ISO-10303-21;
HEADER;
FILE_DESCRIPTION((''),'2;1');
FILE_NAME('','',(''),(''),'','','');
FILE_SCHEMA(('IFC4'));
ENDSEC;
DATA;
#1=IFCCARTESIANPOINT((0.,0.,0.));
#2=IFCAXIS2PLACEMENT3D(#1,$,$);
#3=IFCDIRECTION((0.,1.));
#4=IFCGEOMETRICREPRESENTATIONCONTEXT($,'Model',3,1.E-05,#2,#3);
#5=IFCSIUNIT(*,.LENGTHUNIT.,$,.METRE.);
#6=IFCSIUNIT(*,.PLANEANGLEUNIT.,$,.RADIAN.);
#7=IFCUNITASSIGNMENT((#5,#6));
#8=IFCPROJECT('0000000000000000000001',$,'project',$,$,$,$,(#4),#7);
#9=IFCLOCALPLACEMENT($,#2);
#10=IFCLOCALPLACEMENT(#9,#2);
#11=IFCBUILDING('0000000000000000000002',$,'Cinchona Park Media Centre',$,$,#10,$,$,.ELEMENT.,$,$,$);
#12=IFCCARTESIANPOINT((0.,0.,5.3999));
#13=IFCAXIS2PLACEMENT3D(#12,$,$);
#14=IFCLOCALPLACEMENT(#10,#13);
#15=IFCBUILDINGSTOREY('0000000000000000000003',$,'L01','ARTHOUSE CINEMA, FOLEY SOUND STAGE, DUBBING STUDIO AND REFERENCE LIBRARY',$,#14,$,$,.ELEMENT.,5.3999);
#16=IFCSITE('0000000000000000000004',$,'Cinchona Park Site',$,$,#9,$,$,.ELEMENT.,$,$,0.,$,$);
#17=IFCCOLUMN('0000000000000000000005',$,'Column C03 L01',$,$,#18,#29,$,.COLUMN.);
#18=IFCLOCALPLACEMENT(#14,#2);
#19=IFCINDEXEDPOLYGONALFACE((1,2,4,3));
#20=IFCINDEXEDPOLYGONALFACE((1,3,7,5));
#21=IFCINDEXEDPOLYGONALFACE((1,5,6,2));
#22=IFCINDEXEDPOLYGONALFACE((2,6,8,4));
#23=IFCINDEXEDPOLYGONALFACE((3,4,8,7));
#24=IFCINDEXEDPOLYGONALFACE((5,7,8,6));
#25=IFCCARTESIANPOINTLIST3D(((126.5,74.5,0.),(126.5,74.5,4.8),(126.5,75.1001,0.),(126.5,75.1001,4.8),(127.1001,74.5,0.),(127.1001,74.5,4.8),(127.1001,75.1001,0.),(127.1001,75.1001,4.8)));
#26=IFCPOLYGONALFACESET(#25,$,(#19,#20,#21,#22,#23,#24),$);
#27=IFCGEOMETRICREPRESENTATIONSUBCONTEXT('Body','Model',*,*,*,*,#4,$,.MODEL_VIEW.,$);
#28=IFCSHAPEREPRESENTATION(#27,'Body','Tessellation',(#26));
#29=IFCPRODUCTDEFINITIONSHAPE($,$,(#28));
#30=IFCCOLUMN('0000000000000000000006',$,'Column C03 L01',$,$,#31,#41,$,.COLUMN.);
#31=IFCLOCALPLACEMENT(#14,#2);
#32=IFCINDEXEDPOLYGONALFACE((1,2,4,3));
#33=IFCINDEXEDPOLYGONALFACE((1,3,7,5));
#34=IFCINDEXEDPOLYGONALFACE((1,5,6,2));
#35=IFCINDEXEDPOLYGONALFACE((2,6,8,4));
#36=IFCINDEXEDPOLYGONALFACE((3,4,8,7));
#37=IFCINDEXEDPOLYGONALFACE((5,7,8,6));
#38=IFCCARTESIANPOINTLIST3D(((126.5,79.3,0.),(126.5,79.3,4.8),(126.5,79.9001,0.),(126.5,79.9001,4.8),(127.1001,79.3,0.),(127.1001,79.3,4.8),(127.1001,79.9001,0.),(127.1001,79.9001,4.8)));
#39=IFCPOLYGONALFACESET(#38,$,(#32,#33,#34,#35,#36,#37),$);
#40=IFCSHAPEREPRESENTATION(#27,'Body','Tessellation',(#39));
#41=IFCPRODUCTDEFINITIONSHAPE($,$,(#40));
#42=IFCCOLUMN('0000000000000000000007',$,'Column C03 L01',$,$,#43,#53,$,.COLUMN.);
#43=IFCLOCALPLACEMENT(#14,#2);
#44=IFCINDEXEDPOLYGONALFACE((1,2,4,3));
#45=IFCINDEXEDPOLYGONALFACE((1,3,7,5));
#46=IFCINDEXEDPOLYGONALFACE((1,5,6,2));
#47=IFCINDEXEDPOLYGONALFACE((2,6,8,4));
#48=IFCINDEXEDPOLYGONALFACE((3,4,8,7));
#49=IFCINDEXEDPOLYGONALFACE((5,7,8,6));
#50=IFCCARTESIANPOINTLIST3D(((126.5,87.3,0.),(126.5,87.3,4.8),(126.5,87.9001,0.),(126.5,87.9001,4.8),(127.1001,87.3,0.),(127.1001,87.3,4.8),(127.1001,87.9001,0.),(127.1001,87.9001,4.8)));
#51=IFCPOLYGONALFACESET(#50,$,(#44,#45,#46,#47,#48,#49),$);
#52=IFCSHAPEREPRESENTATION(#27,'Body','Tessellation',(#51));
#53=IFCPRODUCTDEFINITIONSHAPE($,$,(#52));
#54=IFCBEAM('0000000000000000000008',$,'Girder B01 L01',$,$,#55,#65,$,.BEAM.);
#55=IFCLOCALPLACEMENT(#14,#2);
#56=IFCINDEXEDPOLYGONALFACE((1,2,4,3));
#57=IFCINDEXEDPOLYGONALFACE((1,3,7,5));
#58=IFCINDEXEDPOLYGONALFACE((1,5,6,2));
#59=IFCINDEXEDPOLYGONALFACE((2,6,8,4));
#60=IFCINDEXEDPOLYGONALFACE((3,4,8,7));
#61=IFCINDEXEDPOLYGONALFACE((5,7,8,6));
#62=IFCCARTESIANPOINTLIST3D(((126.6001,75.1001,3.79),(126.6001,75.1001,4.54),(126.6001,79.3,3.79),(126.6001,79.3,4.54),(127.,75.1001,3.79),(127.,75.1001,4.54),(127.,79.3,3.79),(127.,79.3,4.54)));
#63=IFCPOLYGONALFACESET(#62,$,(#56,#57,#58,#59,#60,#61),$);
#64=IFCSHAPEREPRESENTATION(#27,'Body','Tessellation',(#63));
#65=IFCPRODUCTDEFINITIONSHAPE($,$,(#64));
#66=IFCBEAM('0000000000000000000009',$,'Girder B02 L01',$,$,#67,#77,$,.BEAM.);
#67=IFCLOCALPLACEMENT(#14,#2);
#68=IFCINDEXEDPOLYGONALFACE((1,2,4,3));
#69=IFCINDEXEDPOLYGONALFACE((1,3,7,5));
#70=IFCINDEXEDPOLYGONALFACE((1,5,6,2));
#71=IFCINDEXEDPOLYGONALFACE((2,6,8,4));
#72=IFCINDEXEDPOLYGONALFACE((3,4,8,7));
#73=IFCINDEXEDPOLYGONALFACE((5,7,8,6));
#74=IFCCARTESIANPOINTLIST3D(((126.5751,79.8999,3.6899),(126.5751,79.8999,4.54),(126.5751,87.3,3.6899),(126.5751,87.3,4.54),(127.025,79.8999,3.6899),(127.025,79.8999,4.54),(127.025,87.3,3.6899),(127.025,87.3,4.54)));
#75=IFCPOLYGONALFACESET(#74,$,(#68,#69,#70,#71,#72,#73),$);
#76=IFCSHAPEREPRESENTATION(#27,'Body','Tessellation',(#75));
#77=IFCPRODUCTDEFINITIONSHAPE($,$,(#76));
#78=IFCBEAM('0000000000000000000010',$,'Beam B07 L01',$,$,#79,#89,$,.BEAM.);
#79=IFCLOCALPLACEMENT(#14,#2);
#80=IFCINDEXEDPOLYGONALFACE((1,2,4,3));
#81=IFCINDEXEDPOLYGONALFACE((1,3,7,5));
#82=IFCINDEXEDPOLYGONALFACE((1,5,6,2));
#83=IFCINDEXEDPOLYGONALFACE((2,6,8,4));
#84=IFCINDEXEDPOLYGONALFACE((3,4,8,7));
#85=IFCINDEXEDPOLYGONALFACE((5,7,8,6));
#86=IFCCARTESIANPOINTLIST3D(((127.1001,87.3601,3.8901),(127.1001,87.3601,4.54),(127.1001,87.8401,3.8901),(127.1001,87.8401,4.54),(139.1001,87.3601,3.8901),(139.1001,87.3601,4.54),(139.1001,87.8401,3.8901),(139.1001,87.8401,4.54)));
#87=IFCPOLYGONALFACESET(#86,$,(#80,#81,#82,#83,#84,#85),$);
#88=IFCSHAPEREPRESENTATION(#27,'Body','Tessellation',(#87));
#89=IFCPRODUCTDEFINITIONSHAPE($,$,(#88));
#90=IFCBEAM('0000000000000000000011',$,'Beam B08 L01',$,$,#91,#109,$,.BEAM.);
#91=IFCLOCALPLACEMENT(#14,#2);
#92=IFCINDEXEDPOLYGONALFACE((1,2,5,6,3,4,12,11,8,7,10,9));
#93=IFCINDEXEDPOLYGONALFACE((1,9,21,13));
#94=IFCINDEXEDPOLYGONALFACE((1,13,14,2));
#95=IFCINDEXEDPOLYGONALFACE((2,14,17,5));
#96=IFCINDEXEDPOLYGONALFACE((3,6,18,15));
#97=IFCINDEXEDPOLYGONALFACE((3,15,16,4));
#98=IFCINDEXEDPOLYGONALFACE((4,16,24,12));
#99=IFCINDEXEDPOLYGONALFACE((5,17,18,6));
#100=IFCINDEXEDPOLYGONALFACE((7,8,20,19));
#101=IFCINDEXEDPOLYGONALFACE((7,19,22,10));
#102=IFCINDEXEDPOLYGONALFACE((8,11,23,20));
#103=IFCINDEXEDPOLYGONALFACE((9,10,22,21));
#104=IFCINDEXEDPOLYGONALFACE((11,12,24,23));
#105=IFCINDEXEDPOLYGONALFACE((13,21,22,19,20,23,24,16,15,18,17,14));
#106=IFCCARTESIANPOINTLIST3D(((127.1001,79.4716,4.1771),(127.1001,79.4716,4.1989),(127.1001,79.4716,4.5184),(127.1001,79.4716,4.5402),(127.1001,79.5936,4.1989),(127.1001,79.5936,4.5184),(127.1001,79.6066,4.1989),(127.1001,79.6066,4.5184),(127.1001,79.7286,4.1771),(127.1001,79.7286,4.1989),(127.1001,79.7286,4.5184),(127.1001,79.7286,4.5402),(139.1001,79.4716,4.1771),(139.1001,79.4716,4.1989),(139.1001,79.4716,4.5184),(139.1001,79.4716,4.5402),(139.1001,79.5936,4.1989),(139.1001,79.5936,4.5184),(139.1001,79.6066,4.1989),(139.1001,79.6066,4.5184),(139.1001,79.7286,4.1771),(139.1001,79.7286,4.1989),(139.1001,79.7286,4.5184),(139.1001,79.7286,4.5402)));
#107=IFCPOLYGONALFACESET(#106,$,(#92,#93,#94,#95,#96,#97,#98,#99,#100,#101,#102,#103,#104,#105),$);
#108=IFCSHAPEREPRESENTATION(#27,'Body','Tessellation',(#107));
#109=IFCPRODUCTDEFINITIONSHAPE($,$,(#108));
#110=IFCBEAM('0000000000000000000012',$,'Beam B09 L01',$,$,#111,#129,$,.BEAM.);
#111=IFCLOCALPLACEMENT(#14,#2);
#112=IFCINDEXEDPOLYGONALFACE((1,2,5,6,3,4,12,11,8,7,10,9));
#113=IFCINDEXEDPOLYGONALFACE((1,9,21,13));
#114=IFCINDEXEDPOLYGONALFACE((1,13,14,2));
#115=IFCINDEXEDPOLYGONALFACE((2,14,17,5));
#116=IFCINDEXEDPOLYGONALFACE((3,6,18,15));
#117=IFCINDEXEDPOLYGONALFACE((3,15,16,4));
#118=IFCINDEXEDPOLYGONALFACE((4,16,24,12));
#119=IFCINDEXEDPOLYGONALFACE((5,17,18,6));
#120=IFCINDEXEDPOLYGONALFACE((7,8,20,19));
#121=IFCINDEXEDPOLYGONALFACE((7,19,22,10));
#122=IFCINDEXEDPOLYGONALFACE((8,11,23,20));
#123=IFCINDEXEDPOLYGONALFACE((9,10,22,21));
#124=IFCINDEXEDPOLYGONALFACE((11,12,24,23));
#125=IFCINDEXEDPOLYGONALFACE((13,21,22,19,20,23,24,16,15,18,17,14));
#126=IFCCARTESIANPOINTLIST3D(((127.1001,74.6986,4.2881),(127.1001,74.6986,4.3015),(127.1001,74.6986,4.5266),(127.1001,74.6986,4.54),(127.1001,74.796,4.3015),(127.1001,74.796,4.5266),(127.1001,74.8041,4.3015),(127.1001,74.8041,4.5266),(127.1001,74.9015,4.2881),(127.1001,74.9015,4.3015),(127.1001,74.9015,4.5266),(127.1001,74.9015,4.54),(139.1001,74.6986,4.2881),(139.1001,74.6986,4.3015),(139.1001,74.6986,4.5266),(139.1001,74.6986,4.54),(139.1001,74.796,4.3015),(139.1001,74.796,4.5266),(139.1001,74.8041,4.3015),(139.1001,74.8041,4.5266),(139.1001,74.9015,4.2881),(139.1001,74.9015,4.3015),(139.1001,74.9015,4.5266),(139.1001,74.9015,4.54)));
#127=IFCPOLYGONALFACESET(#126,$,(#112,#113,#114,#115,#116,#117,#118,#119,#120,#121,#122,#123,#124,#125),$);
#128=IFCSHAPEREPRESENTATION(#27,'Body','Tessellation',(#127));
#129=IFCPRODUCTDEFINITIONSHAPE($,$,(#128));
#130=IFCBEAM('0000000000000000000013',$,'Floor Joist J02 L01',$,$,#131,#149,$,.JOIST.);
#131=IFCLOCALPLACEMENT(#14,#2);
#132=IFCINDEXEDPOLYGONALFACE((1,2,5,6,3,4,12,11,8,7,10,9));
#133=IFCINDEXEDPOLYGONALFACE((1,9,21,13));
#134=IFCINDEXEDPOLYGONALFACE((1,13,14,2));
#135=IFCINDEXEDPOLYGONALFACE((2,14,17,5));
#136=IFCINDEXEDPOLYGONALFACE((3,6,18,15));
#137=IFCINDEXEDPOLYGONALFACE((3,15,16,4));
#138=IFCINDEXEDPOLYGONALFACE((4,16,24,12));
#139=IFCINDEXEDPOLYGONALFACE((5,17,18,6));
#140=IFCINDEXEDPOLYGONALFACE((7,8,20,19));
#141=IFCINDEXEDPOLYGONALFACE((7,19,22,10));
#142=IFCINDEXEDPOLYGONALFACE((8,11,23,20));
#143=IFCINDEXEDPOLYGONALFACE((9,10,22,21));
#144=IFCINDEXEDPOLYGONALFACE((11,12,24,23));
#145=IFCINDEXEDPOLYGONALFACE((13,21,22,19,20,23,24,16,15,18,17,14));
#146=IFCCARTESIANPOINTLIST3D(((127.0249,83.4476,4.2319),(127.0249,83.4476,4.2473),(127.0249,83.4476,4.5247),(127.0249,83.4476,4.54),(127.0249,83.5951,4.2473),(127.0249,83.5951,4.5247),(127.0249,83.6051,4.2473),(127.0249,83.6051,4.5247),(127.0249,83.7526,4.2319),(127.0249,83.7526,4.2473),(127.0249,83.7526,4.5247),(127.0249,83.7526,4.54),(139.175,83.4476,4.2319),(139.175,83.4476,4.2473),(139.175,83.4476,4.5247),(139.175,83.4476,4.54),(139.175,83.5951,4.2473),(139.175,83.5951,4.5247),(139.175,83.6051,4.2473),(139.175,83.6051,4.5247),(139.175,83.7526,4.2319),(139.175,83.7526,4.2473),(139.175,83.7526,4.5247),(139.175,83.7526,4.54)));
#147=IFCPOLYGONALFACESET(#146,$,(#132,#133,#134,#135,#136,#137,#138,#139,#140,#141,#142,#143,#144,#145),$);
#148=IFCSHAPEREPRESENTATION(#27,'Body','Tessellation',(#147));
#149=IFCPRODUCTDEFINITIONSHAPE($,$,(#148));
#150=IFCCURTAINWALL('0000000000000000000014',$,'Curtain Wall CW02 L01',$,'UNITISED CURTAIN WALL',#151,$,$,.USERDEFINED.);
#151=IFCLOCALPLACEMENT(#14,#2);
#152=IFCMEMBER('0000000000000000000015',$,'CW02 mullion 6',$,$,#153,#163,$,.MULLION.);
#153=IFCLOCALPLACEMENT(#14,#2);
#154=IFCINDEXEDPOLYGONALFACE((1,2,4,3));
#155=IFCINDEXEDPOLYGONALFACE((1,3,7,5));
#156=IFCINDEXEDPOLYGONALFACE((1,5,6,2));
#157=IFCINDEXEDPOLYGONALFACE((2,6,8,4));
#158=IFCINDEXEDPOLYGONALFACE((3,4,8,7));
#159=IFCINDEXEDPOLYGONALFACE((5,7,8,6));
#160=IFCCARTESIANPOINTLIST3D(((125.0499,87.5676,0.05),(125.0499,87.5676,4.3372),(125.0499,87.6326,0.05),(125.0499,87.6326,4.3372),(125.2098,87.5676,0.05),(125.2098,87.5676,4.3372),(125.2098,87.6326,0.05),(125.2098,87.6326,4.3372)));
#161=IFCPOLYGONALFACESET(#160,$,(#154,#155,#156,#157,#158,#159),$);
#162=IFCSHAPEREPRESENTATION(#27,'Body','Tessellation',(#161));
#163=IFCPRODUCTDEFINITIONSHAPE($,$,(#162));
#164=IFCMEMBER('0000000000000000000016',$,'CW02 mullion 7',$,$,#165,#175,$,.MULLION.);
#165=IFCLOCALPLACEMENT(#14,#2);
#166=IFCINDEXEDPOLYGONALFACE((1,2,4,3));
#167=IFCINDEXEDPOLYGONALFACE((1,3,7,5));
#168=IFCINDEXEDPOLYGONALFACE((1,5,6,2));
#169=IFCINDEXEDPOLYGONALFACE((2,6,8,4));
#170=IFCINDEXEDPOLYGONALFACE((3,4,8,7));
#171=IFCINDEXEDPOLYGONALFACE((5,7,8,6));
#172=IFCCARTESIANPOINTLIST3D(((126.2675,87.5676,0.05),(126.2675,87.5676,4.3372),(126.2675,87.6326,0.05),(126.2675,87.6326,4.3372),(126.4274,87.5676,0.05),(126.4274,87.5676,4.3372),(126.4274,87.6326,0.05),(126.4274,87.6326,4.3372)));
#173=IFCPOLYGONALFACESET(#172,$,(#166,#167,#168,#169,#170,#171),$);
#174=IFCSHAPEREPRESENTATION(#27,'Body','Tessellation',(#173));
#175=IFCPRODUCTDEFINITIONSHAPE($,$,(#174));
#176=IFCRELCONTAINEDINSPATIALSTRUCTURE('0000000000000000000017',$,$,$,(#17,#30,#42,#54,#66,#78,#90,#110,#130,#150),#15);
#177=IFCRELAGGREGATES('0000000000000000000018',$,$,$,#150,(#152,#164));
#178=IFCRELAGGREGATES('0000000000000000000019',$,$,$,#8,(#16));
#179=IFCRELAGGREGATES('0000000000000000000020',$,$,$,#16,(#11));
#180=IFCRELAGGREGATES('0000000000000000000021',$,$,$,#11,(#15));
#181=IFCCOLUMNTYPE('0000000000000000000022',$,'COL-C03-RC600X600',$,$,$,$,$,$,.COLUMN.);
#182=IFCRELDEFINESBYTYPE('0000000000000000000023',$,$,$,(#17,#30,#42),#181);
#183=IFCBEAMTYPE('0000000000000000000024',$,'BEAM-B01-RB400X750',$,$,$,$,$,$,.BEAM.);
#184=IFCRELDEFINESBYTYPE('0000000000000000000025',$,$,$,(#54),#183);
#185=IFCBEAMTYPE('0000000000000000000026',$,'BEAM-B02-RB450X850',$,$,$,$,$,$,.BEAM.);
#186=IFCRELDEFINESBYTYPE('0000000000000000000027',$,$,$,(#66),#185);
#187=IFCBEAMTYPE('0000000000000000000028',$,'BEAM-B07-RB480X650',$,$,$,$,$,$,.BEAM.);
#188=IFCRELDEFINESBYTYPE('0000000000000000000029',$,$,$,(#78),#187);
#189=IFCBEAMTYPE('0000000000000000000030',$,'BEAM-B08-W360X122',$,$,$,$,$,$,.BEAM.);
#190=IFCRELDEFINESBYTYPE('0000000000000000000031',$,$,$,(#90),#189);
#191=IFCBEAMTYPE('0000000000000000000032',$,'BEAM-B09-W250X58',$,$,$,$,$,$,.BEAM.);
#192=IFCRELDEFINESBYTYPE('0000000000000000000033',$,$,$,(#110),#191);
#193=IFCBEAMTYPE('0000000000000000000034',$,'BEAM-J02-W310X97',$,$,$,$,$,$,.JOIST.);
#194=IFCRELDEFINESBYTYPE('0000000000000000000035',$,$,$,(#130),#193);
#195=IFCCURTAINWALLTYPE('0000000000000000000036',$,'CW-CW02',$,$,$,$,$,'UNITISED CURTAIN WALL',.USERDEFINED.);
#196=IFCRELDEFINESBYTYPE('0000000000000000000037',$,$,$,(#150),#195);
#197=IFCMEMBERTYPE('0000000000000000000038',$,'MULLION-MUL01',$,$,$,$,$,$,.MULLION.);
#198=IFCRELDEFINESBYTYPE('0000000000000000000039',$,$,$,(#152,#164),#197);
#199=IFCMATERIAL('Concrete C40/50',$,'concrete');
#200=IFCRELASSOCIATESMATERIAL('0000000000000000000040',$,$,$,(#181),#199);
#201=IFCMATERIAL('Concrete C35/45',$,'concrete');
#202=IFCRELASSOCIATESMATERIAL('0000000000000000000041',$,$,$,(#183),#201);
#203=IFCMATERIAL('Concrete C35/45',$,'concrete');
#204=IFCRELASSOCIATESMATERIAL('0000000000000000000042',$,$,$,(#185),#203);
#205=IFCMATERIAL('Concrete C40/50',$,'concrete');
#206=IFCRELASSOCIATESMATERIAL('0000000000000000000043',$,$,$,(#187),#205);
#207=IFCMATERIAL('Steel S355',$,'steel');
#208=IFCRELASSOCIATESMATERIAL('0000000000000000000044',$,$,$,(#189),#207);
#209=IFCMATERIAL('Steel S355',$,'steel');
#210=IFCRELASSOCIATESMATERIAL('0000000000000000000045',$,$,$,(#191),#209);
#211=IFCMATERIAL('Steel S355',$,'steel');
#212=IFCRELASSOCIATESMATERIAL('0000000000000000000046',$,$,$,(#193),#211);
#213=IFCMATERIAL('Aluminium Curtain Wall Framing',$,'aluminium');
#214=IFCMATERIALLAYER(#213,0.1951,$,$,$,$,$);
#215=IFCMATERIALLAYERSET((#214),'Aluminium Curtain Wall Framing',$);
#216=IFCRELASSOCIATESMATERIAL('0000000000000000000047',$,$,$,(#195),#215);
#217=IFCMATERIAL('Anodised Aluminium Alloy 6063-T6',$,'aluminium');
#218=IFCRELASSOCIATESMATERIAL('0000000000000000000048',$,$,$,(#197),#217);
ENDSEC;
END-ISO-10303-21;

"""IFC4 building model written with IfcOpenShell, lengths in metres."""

from ifc_helpers import new_model, si_unit, direction, frame, origin, origin_2d, place, context, subcontext, project, spatial, rectangle, i_section, extrude, material, layer, layer_set, material_profile, profile_set, type_object, element, aggregate, save


model = new_model("IFC4")

# Units and contexts
model_context = context("Model", 3, precision=1e-05, world=origin(), true_north=direction((0.0, 1.0)))
body_context = subcontext(model_context, "Body", "Model", "MODEL_VIEW")
ifc_project = project(units=[si_unit("LENGTHUNIT", "METRE"), si_unit("PLANEANGLEUNIT", "RADIAN")], contexts=[model_context])

# Site, building, storey
site_placement = place(None, origin())
site = spatial("IfcSite", under=ifc_project, at=site_placement, Name="Cinchona Park Site", CompositionType="ELEMENT", RefElevation=0.0)
building_placement = place(site_placement, origin())
building = spatial("IfcBuilding", under=site, at=building_placement, Name="Cinchona Park Media Centre", CompositionType="ELEMENT")
storey_placement = place(building_placement, frame((0.0, 0.0, 5.3999)))
storey = spatial("IfcBuildingStorey", under=building, at=storey_placement, Name="L01", Description="ARTHOUSE CINEMA, FOLEY SOUND STAGE, DUBBING STUDIO AND REFERENCE LIBRARY", CompositionType="ELEMENT", Elevation=5.3999)

# Columns
ifc_material_1 = material(Name="Concrete C40/50", Category="concrete")
ifc_material_profile_1 = material_profile(ifc_material_1, rectangle(XDim=0.6001, YDim=0.6001, at=origin_2d()), Name="RC 600X600")
ifc_profile_set_1 = profile_set([ifc_material_profile_1], Name="Concrete C40/50")
column_type = type_object("IfcColumnType", Name="COL-C03-RC600X600", PredefinedType="COLUMN", material=ifc_profile_set_1)
for number, where, z_axis, x_axis, name in (
    (1, (126.8, 74.8, 0.0), (0.0, 0.0, 1.0), (1.0, 0.0, 0.0), "Column C03 L01"),
    (2, (126.8, 79.6001, 0.0), (0.0, 0.0, 1.0), (1.0, 0.0, 0.0), "Column C03 L01"),
    (3, (126.8, 87.6001, 0.0), (0.0, 0.0, 1.0), (1.0, 0.0, 0.0), "Column C03 L01"),
):
    element("IfcColumn", number, at=place(storey_placement, frame(where, z_axis=z_axis, x_axis=x_axis)), inside=storey, type_object=column_type, Name=name, PredefinedType="COLUMN", context=body_context, shape_type="SweptSolid", body=[
        extrude(rectangle(XDim=0.6001, YDim=0.6001, at=origin_2d()), origin(), (0.0, 0.0, 1.0), 4.8),
    ])

# Beams
ifc_material_2 = material(Name="Concrete C35/45", Category="concrete")
ifc_material_profile_2 = material_profile(ifc_material_2, rectangle(XDim=0.3999, YDim=0.75, at=origin_2d()), Name="RB 400X750")
ifc_profile_set_2 = profile_set([ifc_material_profile_2], Name="Concrete C35/45")
beam_type_1 = type_object("IfcBeamType", Name="BEAM-B01-RB400X750", PredefinedType="BEAM", material=ifc_profile_set_2)
beam_1_placement = place(storey_placement, frame((126.8, 75.1001, 4.165), z_axis=(0.0, 1.0, 0.0), x_axis=(-1.0, 0.0, 0.0)))
element("IfcBeam", 4, at=beam_1_placement, inside=storey, type_object=beam_type_1, Name="Girder B01 L01", PredefinedType="BEAM", context=body_context, shape_type="SweptSolid", body=[
    extrude(rectangle(XDim=0.3999, YDim=0.75, at=origin_2d()), origin(), (0.0, 0.0, 1.0), 4.2),
])
ifc_material_3 = material(Name="Concrete C35/45", Category="concrete")
ifc_material_profile_3 = material_profile(ifc_material_3, rectangle(XDim=0.45, YDim=0.8501, at=origin_2d()), Name="RB 450X850")
ifc_profile_set_3 = profile_set([ifc_material_profile_3], Name="Concrete C35/45")
beam_type_2 = type_object("IfcBeamType", Name="BEAM-B02-RB450X850", PredefinedType="BEAM", material=ifc_profile_set_3)
beam_2_placement = place(storey_placement, frame((126.8, 79.8999, 4.115), z_axis=(0.0, 1.0, 0.0), x_axis=(-1.0, 0.0, 0.0)))
element("IfcBeam", 5, at=beam_2_placement, inside=storey, type_object=beam_type_2, Name="Girder B02 L01", PredefinedType="BEAM", context=body_context, shape_type="SweptSolid", body=[
    extrude(rectangle(XDim=0.45, YDim=0.8501, at=origin_2d()), origin(), (0.0, 0.0, 1.0), 7.4001),
])
ifc_material_4 = material(Name="Concrete C40/50", Category="concrete")
ifc_material_profile_4 = material_profile(ifc_material_4, rectangle(XDim=0.48, YDim=0.6499, at=origin_2d()), Name="RB 480X650")
ifc_profile_set_4 = profile_set([ifc_material_profile_4], Name="Concrete C40/50")
beam_type_3 = type_object("IfcBeamType", Name="BEAM-B07-RB480X650", PredefinedType="BEAM", material=ifc_profile_set_4)
beam_3_placement = place(storey_placement, frame((127.1001, 87.6001, 4.2151), z_axis=(1.0, 0.0, 0.0), x_axis=(0.0, 1.0, 0.0)))
element("IfcBeam", 6, at=beam_3_placement, inside=storey, type_object=beam_type_3, Name="Beam B07 L01", PredefinedType="BEAM", context=body_context, shape_type="SweptSolid", body=[
    extrude(rectangle(XDim=0.48, YDim=0.6499, at=origin_2d()), origin(), (0.0, 0.0, 1.0), 12.0),
])
ifc_material_5 = material(Name="Steel S355", Category="steel")
ifc_material_profile_5 = material_profile(ifc_material_5, i_section(OverallWidth=0.2571, OverallDepth=0.363, WebThickness=0.0129, FlangeThickness=0.0217, at=origin_2d()), Name="W360X122")
ifc_profile_set_5 = profile_set([ifc_material_profile_5], Name="Steel S355")
beam_type_4 = type_object("IfcBeamType", Name="BEAM-B08-W360X122", PredefinedType="BEAM", material=ifc_profile_set_5)
beam_4_placement = place(storey_placement, frame((127.1001, 79.6001, 4.3586), z_axis=(1.0, 0.0, 0.0), x_axis=(0.0, 1.0, 0.0)))
element("IfcBeam", 7, at=beam_4_placement, inside=storey, type_object=beam_type_4, Name="Beam B08 L01", PredefinedType="BEAM", context=body_context, shape_type="SweptSolid", body=[
    extrude(i_section(OverallWidth=0.2571, OverallDepth=0.363, WebThickness=0.0129, FlangeThickness=0.0217, at=origin_2d()), origin(), (0.0, 0.0, 1.0), 12.0),
])
ifc_material_6 = material(Name="Steel S355", Category="steel")
ifc_material_profile_6 = material_profile(ifc_material_6, i_section(OverallWidth=0.2029, OverallDepth=0.252, WebThickness=0.0081, FlangeThickness=0.0134, at=origin_2d()), Name="W250X58")
ifc_profile_set_6 = profile_set([ifc_material_profile_6], Name="Steel S355")
beam_type_5 = type_object("IfcBeamType", Name="BEAM-B09-W250X58", PredefinedType="BEAM", material=ifc_profile_set_6)
beam_5_placement = place(storey_placement, frame((127.1001, 74.8, 4.4141), z_axis=(1.0, 0.0, 0.0), x_axis=(0.0, 1.0, 0.0)))
element("IfcBeam", 8, at=beam_5_placement, inside=storey, type_object=beam_type_5, Name="Beam B09 L01", PredefinedType="BEAM", context=body_context, shape_type="SweptSolid", body=[
    extrude(i_section(OverallWidth=0.2029, OverallDepth=0.252, WebThickness=0.0081, FlangeThickness=0.0134, at=origin_2d()), origin(), (0.0, 0.0, 1.0), 12.0),
])
ifc_material_7 = material(Name="Steel S355", Category="steel")
ifc_material_profile_7 = material_profile(ifc_material_7, i_section(OverallWidth=0.3049, OverallDepth=0.3081, WebThickness=0.01, FlangeThickness=0.0154, at=origin_2d()), Name="W310X97")
ifc_profile_set_7 = profile_set([ifc_material_profile_7], Name="Steel S355")
beam_type_6 = type_object("IfcBeamType", Name="BEAM-J02-W310X97", PredefinedType="JOIST", material=ifc_profile_set_7)
beam_6_placement = place(storey_placement, frame((127.0249, 83.6001, 4.386), z_axis=(1.0, 0.0, 0.0), x_axis=(0.0, 1.0, 0.0)))
element("IfcBeam", 9, at=beam_6_placement, inside=storey, type_object=beam_type_6, Name="Floor Joist J02 L01", PredefinedType="JOIST", context=body_context, shape_type="SweptSolid", body=[
    extrude(i_section(OverallWidth=0.3049, OverallDepth=0.3081, WebThickness=0.01, FlangeThickness=0.0154, at=origin_2d()), origin(), (0.0, 0.0, 1.0), 12.1501),
])

# Curtain wall, members
ifc_material_8 = material(Name="Aluminium Curtain Wall Framing", Category="aluminium")
ifc_layer_1 = layer(ifc_material_8, 0.1951)
ifc_layer_set_1 = layer_set([ifc_layer_1], Name="Aluminium Curtain Wall Framing")
curtain_wall_type_1 = type_object("IfcCurtainWallType", Name="CW-CW02", ElementType="UNITISED CURTAIN WALL", PredefinedType="USERDEFINED", material=ifc_layer_set_1)
curtain_wall_1_placement = place(storey_placement, origin())
curtain_wall_1 = element("IfcCurtainWall", 10, at=curtain_wall_1_placement, inside=storey, type_object=curtain_wall_type_1, Name="Curtain Wall CW02 L01", ObjectType="UNITISED CURTAIN WALL", PredefinedType="USERDEFINED")
ifc_material_9 = material(Name="Anodised Aluminium Alloy 6063-T6", Category="aluminium")
ifc_material_profile_8 = material_profile(ifc_material_9, rectangle(XDim=0.0649, YDim=0.1599, at=origin_2d()), Name="MUL-65X160")
ifc_profile_set_8 = profile_set([ifc_material_profile_8], Name="Anodised Aluminium Alloy 6063-T6")
member_type_1 = type_object("IfcMemberType", Name="MULLION-MUL01", PredefinedType="MULLION", material=ifc_profile_set_8)
member_1_placement = place(storey_placement, frame((125.1299, 87.6001, 0.05), z_axis=(0.0, 0.0, 1.0), x_axis=(0.0, 1.0, 0.0)))
member_1 = element("IfcMember", 11, at=member_1_placement, type_object=member_type_1, Name="CW02 mullion 6", PredefinedType="MULLION", context=body_context, shape_type="SweptSolid", body=[
    extrude(rectangle(XDim=0.0649, YDim=0.1599, at=origin_2d()), origin(), (0.0, 0.0, 1.0), 4.2871),
])
member_2_placement = place(storey_placement, frame((126.3474, 87.6001, 0.05), z_axis=(0.0, 0.0, 1.0), x_axis=(0.0, 1.0, 0.0)))
member_2 = element("IfcMember", 12, at=member_2_placement, type_object=member_type_1, Name="CW02 mullion 7", PredefinedType="MULLION", context=body_context, shape_type="SweptSolid", body=[
    extrude(rectangle(XDim=0.0649, YDim=0.1599, at=origin_2d()), origin(), (0.0, 0.0, 1.0), 4.2871),
])

aggregate(curtain_wall_1, [member_1, member_2])

save(model, "model.ifc")
